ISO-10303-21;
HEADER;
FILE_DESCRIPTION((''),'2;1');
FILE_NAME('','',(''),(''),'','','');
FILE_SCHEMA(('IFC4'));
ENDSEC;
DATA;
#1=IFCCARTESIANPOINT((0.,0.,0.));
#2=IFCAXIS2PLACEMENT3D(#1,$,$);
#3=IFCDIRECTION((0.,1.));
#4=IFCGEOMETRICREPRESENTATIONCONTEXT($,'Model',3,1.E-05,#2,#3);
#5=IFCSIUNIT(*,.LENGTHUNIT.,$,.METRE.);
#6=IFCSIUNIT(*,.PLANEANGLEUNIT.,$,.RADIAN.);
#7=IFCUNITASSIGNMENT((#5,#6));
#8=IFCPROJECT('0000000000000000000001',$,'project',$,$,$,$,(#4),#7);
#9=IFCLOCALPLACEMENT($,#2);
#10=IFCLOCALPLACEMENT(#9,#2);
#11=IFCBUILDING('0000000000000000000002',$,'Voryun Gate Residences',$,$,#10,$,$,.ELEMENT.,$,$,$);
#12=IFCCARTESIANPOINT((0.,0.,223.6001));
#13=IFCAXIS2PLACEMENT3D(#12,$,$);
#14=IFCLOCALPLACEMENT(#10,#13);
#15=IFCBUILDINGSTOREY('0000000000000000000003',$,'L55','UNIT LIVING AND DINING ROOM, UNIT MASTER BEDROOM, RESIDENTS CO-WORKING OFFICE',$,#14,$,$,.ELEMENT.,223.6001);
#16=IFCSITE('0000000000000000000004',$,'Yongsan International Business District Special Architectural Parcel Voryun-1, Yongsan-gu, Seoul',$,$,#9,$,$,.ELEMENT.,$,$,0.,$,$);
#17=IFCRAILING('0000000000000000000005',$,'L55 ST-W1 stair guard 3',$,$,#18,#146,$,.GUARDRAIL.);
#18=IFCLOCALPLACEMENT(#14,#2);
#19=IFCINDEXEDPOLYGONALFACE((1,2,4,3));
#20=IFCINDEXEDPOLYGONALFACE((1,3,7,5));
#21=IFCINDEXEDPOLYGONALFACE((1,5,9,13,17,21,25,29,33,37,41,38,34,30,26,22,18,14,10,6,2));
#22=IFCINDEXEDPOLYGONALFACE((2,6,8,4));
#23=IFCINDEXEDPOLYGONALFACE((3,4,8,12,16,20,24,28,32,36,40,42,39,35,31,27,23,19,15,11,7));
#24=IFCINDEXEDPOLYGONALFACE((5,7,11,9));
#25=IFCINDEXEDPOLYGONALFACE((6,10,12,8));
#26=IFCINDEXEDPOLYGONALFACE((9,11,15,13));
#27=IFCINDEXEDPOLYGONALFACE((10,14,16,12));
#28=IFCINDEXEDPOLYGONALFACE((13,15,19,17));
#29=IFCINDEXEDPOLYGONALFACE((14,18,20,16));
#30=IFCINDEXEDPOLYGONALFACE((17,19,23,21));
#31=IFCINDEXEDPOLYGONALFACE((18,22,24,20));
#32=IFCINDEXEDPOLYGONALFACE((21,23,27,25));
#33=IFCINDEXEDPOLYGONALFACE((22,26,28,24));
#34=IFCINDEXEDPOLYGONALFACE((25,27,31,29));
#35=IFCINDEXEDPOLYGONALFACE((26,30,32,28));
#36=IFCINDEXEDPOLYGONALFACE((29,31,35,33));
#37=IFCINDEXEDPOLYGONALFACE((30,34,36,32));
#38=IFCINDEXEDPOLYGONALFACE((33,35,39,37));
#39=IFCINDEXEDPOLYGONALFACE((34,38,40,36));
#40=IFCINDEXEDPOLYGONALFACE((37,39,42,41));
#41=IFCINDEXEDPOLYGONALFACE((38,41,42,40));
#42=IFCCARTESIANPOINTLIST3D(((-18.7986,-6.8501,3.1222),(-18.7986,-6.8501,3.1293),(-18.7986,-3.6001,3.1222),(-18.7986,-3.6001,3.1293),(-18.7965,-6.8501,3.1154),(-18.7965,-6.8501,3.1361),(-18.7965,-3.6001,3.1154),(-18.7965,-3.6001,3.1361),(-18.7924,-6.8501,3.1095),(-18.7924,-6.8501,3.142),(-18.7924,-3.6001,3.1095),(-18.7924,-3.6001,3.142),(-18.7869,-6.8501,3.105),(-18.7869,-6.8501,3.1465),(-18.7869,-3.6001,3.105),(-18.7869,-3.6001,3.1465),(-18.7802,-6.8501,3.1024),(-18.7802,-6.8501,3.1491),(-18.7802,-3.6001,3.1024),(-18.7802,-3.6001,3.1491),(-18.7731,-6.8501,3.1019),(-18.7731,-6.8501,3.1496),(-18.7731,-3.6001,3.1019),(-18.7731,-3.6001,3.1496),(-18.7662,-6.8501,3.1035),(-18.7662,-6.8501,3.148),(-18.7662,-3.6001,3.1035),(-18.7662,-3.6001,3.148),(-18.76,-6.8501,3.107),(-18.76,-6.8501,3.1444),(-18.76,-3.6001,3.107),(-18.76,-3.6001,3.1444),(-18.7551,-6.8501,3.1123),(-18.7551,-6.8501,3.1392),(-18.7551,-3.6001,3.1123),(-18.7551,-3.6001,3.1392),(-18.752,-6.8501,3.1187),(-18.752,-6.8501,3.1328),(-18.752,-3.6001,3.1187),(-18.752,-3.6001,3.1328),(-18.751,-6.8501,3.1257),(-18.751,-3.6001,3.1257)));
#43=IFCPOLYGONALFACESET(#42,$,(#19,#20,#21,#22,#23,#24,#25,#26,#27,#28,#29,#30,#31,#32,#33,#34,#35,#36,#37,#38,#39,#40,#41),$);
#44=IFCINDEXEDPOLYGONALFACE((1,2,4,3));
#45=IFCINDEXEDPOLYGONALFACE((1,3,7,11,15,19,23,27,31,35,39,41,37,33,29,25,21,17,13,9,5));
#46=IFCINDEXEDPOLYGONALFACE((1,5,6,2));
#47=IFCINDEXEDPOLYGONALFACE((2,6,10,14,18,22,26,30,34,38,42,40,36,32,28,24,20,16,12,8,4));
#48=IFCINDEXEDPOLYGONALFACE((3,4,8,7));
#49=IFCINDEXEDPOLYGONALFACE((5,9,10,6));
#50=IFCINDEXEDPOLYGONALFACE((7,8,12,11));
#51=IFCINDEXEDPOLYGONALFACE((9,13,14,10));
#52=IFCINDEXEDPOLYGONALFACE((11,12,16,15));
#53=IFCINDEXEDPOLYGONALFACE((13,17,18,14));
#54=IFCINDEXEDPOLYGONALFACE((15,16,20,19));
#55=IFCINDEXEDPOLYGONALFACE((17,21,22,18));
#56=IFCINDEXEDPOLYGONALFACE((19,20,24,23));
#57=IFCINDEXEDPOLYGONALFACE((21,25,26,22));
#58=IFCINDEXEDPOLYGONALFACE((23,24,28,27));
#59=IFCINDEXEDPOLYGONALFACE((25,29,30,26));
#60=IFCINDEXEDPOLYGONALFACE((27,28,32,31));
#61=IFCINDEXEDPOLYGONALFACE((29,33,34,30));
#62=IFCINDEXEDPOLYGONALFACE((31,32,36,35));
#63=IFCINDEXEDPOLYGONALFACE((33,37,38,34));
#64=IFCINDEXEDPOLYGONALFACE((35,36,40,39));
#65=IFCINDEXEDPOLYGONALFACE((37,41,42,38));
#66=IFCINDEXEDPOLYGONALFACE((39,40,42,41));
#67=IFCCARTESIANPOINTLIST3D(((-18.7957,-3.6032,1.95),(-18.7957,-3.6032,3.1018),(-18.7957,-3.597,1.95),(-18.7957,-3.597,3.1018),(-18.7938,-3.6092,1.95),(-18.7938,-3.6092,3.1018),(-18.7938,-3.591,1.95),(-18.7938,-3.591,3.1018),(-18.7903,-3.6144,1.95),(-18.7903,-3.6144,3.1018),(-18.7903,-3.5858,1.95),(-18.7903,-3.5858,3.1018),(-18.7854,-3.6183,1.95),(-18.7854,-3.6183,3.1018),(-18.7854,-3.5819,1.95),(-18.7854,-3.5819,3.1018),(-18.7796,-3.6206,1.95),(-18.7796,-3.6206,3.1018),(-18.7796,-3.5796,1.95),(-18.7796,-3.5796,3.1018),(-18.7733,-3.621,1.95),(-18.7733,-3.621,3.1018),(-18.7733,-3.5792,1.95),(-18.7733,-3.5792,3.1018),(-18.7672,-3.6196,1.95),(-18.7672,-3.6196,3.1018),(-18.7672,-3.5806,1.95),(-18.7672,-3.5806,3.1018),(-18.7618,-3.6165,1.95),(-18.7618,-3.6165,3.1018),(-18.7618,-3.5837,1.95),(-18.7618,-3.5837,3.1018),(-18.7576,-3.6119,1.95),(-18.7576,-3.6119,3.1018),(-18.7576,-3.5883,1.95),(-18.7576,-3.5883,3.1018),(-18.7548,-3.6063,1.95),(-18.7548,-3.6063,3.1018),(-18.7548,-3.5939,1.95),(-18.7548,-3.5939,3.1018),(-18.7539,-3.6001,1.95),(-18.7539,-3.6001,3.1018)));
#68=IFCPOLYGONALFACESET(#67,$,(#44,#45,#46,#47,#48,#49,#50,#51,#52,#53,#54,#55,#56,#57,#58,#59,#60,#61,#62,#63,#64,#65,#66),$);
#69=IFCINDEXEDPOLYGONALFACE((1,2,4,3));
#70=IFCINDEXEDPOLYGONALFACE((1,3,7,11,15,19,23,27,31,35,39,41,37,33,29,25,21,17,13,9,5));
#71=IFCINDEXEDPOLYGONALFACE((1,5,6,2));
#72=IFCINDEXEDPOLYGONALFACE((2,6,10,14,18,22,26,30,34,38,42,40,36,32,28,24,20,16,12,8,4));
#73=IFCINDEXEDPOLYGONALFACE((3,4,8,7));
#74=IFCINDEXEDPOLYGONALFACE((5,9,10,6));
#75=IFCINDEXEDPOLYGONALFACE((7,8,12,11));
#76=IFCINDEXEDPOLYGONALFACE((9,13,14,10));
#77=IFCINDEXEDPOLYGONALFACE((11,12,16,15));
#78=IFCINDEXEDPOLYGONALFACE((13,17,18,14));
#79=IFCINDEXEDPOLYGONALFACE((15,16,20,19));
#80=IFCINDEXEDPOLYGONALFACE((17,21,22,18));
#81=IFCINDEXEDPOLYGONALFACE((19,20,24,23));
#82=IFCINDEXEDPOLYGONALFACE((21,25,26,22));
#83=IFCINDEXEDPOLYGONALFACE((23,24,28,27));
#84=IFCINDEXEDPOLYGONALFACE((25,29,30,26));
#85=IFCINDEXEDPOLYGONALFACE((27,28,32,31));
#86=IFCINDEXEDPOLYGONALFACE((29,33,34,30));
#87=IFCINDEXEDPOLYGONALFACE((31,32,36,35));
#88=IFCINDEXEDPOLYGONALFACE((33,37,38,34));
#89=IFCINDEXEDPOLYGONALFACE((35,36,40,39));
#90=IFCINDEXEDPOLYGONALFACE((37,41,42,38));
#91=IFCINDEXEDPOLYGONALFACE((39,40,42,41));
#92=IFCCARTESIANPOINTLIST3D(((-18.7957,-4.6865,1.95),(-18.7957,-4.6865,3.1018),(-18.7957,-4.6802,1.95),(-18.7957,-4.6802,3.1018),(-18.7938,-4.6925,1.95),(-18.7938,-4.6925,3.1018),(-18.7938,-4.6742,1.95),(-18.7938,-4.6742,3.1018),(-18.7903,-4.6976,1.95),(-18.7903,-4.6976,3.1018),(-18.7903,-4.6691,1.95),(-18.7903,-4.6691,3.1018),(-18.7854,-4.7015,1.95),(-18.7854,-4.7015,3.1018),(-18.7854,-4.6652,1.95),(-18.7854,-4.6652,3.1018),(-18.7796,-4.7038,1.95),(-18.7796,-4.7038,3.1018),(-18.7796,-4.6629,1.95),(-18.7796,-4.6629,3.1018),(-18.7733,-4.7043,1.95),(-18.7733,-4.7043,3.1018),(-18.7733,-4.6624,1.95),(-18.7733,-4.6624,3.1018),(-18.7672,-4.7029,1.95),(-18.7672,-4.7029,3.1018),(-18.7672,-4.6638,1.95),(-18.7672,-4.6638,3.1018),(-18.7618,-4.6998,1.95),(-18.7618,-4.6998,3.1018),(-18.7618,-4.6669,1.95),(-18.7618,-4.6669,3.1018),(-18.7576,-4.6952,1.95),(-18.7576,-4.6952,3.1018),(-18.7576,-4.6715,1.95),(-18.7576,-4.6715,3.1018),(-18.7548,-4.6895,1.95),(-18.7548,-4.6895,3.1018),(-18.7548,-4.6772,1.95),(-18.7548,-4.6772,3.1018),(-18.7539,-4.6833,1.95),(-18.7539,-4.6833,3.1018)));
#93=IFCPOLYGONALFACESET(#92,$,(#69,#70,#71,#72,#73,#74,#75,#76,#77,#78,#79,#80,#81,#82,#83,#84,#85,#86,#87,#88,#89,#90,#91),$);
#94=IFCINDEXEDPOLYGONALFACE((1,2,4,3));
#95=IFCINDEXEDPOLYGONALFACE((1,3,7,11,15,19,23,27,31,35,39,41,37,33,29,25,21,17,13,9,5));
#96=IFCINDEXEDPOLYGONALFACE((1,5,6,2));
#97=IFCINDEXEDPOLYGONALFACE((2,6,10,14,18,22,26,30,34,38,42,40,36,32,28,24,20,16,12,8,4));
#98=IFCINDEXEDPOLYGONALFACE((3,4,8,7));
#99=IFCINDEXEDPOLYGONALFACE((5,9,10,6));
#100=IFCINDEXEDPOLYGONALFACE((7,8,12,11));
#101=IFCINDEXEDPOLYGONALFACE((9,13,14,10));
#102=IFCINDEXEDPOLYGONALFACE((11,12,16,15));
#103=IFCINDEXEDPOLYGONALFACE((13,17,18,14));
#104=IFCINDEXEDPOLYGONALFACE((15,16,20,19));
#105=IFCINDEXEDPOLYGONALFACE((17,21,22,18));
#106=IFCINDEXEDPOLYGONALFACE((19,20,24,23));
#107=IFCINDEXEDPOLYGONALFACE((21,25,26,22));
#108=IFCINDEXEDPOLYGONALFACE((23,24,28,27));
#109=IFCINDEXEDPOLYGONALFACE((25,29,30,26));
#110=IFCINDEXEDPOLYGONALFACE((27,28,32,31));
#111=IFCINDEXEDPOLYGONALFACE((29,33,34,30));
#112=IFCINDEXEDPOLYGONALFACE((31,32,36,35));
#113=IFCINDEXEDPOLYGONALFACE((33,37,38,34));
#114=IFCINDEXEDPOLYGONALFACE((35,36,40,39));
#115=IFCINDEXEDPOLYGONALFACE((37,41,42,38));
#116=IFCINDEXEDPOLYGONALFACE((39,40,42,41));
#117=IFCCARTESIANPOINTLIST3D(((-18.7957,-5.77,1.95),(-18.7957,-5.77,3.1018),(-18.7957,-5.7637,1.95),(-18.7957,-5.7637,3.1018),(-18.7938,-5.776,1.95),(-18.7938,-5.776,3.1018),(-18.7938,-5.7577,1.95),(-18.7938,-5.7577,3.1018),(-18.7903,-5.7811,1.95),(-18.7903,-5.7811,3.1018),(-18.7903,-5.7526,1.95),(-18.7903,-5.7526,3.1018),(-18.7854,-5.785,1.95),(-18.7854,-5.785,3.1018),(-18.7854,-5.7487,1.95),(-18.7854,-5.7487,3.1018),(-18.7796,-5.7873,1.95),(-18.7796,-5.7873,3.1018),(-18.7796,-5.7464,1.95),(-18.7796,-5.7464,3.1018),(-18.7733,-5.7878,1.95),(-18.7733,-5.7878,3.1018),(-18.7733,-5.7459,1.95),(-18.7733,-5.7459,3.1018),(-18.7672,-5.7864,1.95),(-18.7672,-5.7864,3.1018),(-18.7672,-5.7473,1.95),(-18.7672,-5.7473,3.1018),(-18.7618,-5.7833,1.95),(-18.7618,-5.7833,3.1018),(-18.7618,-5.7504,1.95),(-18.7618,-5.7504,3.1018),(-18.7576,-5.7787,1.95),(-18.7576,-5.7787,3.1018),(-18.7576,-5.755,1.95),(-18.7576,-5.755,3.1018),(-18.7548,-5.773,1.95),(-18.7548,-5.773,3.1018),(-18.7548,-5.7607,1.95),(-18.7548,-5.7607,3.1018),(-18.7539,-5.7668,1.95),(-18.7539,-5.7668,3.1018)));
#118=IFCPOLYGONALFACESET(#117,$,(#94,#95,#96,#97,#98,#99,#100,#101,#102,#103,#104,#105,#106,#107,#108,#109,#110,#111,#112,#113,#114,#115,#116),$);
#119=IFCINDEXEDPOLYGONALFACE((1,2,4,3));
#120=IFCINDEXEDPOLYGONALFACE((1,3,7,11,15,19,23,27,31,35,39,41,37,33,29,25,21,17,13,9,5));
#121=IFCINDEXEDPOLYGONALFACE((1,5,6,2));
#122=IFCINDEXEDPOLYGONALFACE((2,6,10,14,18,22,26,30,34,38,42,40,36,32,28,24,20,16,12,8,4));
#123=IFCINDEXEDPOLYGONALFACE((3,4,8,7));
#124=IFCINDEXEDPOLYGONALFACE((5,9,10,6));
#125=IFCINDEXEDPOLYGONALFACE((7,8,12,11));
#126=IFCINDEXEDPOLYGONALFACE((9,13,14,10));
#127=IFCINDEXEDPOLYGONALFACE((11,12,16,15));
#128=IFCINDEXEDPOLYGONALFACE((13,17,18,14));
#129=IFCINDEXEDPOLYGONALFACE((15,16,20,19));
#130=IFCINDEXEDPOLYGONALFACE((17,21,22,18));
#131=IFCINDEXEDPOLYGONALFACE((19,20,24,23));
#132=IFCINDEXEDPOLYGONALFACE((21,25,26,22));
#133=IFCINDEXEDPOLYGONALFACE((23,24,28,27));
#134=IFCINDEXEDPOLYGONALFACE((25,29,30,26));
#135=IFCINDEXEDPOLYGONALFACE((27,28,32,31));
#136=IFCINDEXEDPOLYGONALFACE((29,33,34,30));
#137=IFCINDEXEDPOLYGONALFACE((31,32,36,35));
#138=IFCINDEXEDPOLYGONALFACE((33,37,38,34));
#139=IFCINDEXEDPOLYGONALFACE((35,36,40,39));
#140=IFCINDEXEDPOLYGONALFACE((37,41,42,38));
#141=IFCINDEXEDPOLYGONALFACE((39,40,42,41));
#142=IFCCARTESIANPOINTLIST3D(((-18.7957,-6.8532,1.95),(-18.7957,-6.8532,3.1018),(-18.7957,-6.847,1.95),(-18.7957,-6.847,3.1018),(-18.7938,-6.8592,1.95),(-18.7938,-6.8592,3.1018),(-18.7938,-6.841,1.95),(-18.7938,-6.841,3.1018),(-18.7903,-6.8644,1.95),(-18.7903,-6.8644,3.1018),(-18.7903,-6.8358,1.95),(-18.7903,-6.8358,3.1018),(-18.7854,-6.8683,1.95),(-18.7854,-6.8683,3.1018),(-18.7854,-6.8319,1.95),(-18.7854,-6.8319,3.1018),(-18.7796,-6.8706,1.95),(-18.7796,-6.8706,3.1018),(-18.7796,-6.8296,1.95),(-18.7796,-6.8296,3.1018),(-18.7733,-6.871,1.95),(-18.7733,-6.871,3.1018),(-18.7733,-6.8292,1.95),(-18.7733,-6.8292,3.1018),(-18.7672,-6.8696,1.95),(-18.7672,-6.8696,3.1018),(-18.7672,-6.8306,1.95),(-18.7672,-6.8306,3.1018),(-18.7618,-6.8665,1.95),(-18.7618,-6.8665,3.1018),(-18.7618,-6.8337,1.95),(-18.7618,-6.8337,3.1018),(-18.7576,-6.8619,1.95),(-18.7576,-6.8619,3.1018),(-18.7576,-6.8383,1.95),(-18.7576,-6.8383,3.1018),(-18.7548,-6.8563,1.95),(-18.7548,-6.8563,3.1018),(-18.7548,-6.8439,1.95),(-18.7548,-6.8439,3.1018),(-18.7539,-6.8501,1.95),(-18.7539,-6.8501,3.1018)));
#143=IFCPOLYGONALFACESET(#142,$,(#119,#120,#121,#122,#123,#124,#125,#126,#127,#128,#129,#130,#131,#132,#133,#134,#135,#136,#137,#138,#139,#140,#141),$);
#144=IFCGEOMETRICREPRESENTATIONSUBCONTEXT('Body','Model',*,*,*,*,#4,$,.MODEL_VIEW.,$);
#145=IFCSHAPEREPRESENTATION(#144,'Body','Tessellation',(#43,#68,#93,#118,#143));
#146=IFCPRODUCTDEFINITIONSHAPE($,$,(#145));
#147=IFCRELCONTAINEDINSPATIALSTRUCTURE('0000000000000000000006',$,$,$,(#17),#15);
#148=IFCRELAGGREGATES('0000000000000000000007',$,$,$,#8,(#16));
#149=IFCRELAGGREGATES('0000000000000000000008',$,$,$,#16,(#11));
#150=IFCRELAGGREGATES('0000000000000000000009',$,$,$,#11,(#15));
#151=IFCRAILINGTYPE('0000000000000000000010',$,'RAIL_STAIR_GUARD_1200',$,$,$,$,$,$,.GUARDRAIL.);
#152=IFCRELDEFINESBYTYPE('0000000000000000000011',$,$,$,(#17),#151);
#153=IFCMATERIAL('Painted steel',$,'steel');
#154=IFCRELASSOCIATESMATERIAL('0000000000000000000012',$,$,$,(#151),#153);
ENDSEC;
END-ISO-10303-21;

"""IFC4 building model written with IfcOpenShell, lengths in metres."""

from ifc_helpers import new_model, si_unit, direction, frame, origin, origin_2d, place, context, subcontext, project, spatial, circle, extrude, material, type_object, element, save


model = new_model("IFC4")

# Units and contexts
model_context = context("Model", 3, precision=1e-05, world=origin(), true_north=direction((0.0, 1.0)))
body_context = subcontext(model_context, "Body", "Model", "MODEL_VIEW")
ifc_project = project(units=[si_unit("LENGTHUNIT", "METRE"), si_unit("PLANEANGLEUNIT", "RADIAN")], contexts=[model_context])

# Site, building, storey
site_placement = place(None, origin())
site = spatial("IfcSite", under=ifc_project, at=site_placement, Name="Yongsan International Business District Special Architectural Parcel Voryun-1, Yongsan-gu, Seoul", CompositionType="ELEMENT", RefElevation=0.0)
building_placement = place(site_placement, origin())
building = spatial("IfcBuilding", under=site, at=building_placement, Name="Voryun Gate Residences", CompositionType="ELEMENT")
storey_placement = place(building_placement, frame((0.0, 0.0, 223.6001)))
storey = spatial("IfcBuildingStorey", under=building, at=storey_placement, Name="L55", Description="UNIT LIVING AND DINING ROOM, UNIT MASTER BEDROOM, RESIDENTS CO-WORKING OFFICE", CompositionType="ELEMENT", Elevation=223.6001)

# Railing
ifc_material_1 = material(Name="Painted steel", Category="steel")
railing_type_1 = type_object("IfcRailingType", Name="RAIL_STAIR_GUARD_1200", PredefinedType="GUARDRAIL", material=ifc_material_1)
railing_1_placement = place(storey_placement, frame((-18.7749, -3.6001, 1.95)))
element("IfcRailing", 1, at=railing_1_placement, inside=storey, type_object=railing_type_1, Name="L55 ST-W1 stair guard 3", PredefinedType="GUARDRAIL", context=body_context, shape_type="SweptSolid", body=[
    extrude(circle(Radius=0.0239, at=origin_2d()), frame((0.0, 0.0, 1.1758), z_axis=(0.0, -1.0, 0.0), x_axis=(1.0, 0.0, 0.0)), (0.0, 0.0, 1.0), 3.25),
    extrude(circle(Radius=0.021, at=origin_2d()), origin(), (0.0, 0.0, 1.0), 1.1519),
    extrude(circle(Radius=0.021, at=origin_2d()), frame((0.0, -1.0833, 0.0)), (0.0, 0.0, 1.0), 1.1519),
    extrude(circle(Radius=0.021, at=origin_2d()), frame((0.0, -2.1667, 0.0)), (0.0, 0.0, 1.0), 1.1519),
    extrude(circle(Radius=0.021, at=origin_2d()), frame((0.0, -3.25, 0.0)), (0.0, 0.0, 1.0), 1.1519),
])

save(model, "model.ifc")
